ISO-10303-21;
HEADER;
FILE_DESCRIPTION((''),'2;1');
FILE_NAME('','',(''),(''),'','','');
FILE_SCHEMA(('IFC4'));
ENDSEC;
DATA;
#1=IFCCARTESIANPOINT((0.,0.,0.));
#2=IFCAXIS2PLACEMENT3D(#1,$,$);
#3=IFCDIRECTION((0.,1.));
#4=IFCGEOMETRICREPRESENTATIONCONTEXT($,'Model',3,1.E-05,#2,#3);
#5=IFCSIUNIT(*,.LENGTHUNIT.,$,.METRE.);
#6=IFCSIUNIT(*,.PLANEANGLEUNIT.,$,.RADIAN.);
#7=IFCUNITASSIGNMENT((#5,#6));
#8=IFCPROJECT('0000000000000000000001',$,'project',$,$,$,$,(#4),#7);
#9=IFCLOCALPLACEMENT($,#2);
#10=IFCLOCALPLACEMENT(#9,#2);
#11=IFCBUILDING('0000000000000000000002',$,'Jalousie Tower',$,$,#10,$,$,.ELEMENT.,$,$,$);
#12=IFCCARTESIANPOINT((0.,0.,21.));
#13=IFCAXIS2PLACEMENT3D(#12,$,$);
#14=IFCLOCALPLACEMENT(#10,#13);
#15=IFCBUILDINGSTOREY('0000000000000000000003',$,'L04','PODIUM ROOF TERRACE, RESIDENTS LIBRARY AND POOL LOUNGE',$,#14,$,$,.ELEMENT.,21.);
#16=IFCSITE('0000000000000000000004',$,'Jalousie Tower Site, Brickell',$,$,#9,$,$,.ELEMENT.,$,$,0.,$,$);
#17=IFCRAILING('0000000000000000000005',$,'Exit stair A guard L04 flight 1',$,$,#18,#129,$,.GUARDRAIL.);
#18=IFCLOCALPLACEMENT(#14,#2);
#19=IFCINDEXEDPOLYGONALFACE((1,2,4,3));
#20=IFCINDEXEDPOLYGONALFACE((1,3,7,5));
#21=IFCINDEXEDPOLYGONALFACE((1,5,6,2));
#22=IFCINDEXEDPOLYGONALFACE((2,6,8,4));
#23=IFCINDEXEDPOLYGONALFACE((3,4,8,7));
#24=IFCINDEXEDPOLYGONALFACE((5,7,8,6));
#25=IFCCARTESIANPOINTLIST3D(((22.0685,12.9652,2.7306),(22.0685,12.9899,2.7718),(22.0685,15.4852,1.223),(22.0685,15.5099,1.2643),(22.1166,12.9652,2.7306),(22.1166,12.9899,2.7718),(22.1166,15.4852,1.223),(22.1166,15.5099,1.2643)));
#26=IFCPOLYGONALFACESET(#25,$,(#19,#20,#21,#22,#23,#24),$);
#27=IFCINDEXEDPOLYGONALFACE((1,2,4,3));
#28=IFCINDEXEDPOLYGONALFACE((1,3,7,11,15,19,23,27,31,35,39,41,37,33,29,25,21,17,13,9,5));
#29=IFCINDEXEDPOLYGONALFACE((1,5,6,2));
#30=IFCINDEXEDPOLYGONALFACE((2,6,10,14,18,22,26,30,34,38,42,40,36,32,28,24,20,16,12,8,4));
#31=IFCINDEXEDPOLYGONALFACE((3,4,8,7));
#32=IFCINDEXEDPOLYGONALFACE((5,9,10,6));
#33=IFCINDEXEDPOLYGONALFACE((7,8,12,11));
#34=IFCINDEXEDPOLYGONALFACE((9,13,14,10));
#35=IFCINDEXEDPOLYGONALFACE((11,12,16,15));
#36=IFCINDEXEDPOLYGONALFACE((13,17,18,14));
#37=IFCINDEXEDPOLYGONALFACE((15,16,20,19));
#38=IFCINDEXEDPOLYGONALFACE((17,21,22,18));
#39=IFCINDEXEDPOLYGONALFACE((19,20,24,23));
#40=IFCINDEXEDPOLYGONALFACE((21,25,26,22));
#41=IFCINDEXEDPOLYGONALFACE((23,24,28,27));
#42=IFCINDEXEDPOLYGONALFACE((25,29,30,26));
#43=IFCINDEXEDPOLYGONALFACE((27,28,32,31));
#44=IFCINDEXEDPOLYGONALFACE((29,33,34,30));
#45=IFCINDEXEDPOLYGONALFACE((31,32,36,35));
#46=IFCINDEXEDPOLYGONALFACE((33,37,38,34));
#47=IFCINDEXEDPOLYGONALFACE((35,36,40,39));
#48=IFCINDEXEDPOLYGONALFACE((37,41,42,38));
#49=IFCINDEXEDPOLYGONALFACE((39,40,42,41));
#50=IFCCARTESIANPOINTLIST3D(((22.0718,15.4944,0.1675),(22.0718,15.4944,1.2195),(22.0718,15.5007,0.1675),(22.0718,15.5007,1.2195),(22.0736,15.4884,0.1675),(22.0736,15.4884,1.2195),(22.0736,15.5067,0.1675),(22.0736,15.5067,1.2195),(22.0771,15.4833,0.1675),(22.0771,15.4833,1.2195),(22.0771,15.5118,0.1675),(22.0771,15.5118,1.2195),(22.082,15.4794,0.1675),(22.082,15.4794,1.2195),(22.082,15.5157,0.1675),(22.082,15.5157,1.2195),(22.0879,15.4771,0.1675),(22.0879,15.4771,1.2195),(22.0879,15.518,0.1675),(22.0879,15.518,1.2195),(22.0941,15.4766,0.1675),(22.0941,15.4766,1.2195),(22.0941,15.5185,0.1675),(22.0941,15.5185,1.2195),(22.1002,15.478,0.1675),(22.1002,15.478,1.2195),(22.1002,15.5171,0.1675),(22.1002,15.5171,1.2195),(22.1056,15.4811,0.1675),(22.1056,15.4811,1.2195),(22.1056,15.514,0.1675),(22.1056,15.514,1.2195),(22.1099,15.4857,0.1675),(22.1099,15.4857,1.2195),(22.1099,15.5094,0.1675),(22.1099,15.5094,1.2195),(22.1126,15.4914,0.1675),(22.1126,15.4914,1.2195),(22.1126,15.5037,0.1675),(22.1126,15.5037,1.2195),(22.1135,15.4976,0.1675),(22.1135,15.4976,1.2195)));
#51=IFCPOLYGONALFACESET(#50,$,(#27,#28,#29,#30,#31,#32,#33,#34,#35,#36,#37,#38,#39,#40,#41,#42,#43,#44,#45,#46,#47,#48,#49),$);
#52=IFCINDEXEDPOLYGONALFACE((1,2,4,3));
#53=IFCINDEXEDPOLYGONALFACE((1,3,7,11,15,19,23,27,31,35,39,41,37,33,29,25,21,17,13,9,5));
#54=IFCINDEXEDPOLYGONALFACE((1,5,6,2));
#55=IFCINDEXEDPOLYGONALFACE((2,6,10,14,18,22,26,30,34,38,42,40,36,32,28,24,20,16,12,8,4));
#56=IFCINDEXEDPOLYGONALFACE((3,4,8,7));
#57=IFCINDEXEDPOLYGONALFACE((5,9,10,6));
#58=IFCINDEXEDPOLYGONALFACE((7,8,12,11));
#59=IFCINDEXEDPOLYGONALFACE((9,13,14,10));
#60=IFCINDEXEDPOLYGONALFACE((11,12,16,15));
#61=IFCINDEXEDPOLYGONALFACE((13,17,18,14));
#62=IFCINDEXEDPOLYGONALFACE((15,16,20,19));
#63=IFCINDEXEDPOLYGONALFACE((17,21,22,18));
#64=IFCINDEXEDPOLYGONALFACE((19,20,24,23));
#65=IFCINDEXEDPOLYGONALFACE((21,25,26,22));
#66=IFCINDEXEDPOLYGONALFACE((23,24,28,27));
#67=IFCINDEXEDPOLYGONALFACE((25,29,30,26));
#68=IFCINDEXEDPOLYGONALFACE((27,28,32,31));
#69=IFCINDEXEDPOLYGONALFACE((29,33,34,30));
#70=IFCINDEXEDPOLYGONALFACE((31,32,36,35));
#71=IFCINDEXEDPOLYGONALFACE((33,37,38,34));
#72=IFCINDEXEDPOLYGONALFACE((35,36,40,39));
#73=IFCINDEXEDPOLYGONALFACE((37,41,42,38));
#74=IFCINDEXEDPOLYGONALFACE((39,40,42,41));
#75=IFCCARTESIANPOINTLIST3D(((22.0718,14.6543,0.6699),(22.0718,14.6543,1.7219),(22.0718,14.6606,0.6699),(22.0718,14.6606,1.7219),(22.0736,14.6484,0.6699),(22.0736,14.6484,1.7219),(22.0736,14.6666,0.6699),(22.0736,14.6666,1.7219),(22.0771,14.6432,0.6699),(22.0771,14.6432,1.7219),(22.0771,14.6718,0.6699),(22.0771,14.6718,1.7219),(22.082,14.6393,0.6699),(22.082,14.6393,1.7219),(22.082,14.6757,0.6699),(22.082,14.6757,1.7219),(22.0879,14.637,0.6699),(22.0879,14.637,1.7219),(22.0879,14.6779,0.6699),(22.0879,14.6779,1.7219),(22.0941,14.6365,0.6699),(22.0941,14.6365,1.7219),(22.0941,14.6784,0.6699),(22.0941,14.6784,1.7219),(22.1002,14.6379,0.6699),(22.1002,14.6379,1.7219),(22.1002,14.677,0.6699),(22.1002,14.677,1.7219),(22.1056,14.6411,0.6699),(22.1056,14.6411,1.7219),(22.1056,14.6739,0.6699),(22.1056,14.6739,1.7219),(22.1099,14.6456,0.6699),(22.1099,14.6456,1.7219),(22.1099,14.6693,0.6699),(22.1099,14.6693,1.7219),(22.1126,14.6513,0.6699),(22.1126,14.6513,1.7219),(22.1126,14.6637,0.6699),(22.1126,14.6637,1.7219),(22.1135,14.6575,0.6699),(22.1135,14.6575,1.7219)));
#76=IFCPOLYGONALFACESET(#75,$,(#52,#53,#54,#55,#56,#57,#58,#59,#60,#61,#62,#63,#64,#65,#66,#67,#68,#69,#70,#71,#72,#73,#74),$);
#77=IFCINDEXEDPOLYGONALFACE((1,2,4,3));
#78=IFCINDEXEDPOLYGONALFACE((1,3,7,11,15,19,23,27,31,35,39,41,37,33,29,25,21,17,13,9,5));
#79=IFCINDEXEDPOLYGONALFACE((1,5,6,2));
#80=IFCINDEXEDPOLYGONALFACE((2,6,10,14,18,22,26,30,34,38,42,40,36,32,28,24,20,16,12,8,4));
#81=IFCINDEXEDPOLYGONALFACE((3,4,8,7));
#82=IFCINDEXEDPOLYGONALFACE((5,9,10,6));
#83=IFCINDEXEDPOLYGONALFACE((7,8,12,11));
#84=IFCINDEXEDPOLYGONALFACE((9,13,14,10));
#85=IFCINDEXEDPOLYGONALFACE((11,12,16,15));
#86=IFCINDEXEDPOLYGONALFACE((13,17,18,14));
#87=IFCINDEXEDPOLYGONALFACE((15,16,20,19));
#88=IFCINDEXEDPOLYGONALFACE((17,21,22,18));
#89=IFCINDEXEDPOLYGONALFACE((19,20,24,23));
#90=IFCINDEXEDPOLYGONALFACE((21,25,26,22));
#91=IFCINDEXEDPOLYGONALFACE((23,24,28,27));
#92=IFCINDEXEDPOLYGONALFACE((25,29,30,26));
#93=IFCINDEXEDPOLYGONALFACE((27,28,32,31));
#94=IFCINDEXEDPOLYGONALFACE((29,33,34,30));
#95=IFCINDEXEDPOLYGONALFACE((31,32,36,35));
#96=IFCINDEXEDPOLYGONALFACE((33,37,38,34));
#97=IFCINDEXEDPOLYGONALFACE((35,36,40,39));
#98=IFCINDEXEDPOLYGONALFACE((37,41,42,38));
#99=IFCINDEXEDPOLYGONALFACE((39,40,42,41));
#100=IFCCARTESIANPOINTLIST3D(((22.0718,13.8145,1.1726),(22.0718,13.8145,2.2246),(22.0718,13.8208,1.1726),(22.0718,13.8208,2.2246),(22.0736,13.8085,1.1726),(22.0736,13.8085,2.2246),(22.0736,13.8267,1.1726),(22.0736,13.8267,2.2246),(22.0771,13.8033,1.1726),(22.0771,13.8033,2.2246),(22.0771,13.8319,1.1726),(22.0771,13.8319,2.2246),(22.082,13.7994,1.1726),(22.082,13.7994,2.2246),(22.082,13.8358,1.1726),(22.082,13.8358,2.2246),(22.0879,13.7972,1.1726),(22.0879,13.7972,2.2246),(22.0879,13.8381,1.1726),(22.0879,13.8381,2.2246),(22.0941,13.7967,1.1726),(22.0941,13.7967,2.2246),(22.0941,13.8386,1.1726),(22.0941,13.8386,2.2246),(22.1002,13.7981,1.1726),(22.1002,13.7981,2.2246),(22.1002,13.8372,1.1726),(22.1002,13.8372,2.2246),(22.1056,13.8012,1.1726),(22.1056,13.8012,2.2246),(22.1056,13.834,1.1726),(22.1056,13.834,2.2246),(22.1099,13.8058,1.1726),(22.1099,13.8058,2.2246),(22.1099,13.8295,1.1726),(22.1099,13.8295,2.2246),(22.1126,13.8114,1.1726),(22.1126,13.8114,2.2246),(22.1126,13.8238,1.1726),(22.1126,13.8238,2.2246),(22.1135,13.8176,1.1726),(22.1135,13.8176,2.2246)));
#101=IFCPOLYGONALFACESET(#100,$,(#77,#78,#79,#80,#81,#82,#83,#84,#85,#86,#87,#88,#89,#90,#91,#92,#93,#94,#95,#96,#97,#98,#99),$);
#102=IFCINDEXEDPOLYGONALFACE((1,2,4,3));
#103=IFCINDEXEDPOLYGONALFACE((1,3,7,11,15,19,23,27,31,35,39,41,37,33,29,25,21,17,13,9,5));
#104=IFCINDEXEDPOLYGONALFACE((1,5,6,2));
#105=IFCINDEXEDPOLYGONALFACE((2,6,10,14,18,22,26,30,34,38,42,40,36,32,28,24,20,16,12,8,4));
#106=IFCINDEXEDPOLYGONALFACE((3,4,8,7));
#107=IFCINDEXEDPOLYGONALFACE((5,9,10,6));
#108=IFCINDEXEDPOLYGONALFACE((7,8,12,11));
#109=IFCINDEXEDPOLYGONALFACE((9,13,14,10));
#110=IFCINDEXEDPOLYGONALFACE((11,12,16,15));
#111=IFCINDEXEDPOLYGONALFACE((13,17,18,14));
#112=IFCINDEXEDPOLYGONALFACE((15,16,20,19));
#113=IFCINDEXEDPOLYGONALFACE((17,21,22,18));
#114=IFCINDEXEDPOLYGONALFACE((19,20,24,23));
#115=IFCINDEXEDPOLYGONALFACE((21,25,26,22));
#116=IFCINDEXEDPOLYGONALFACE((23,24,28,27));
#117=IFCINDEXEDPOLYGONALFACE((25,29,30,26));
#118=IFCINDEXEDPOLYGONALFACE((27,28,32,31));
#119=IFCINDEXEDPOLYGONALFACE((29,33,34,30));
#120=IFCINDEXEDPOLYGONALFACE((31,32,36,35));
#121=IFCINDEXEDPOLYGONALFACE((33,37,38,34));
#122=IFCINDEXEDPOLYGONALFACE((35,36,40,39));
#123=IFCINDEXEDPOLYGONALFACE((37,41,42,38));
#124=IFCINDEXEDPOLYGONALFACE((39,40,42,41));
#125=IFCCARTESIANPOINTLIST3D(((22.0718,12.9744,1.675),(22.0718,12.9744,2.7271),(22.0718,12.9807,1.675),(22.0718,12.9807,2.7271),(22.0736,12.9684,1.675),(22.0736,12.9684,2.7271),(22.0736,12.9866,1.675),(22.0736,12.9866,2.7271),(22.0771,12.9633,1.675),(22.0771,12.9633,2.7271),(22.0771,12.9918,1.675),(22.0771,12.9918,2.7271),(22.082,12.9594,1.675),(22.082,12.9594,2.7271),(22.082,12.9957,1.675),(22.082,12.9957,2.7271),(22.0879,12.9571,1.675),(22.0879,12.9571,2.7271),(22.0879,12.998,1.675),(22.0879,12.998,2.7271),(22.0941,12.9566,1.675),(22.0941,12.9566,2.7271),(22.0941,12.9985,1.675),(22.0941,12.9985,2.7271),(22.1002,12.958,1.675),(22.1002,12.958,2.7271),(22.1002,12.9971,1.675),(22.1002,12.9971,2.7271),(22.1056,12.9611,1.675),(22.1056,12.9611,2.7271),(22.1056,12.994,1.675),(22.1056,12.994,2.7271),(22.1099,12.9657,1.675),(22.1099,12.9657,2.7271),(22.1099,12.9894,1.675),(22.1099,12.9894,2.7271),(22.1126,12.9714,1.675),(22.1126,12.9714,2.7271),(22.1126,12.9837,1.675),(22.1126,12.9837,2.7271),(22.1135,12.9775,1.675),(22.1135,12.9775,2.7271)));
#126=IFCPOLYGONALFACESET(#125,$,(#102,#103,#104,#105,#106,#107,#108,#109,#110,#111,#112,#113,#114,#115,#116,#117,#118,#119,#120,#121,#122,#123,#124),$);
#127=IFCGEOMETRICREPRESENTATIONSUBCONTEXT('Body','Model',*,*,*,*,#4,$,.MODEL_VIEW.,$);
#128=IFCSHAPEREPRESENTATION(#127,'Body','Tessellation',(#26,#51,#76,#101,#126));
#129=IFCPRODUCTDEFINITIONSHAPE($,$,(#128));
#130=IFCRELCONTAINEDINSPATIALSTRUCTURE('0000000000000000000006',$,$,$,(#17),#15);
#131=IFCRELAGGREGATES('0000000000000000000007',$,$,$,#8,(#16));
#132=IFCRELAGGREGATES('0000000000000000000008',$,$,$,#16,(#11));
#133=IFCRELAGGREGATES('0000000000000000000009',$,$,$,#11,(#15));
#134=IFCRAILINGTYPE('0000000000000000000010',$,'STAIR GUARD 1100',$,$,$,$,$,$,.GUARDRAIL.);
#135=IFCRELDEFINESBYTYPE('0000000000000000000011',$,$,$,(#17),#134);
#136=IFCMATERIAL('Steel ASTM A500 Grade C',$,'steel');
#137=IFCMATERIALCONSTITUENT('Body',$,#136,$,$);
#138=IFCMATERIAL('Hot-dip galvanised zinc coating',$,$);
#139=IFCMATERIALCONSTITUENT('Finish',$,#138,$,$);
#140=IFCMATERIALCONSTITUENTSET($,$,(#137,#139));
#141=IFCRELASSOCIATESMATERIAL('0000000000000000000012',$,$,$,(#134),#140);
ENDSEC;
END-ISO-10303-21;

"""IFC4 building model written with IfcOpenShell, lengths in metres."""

from ifc_helpers import new_model, si_unit, direction, frame, origin, origin_2d, place, context, subcontext, project, spatial, rectangle, circle, extrude, material, constituent, constituent_set, type_object, element, save


model = new_model("IFC4")

# Units and contexts
model_context = context("Model", 3, precision=1e-05, world=origin(), true_north=direction((0.0, 1.0)))
body_context = subcontext(model_context, "Body", "Model", "MODEL_VIEW")
ifc_project = project(units=[si_unit("LENGTHUNIT", "METRE"), si_unit("PLANEANGLEUNIT", "RADIAN")], contexts=[model_context])

# Site, building, storey
site_placement = place(None, origin())
site = spatial("IfcSite", under=ifc_project, at=site_placement, Name="Jalousie Tower Site, Brickell", CompositionType="ELEMENT", RefElevation=0.0)
building_placement = place(site_placement, origin())
building = spatial("IfcBuilding", under=site, at=building_placement, Name="Jalousie Tower", CompositionType="ELEMENT")
storey_placement = place(building_placement, frame((0.0, 0.0, 21.0)))
storey = spatial("IfcBuildingStorey", under=building, at=storey_placement, Name="L04", Description="PODIUM ROOF TERRACE, RESIDENTS LIBRARY AND POOL LOUNGE", CompositionType="ELEMENT", Elevation=21.0)

# Railing
ifc_material_1 = material(Name="Steel ASTM A500 Grade C", Category="steel")
ifc_constituent_1 = constituent(ifc_material_1, Name="Body")
ifc_material_2 = material(Name="Hot-dip galvanised zinc coating")
ifc_constituent_2 = constituent(ifc_material_2, Name="Finish")
ifc_constituent_set_1 = constituent_set(constituents=[ifc_constituent_1, ifc_constituent_2])
railing_type_1 = type_object("IfcRailingType", Name="STAIR GUARD 1100", PredefinedType="GUARDRAIL", material=ifc_constituent_set_1)
railing_1_placement = place(storey_placement, frame((22.0925, 15.4976, 0.1675)))
element("IfcRailing", 1, at=railing_1_placement, inside=storey, type_object=railing_type_1, Name="Exit stair A guard L04 flight 1", PredefinedType="GUARDRAIL", context=body_context, shape_type="SweptSolid", body=[
    extrude(rectangle(XDim=0.0481, YDim=0.0481, at=origin_2d()), frame((0.0, 0.0, 1.0762), z_axis=(0.0, -0.85816, 0.513383), x_axis=(1.0, 0.0, 0.0)), (0.0, 0.0, 1.0), 2.9365),
    extrude(circle(Radius=0.021, at=origin_2d()), origin(), (0.0, 0.0, 1.0), 1.052),
    extrude(circle(Radius=0.021, at=origin_2d()), frame((0.0, -0.8401, 0.5024)), (0.0, 0.0, 1.0), 1.052),
    extrude(circle(Radius=0.021, at=origin_2d()), frame((0.0, -1.6799, 1.0051)), (0.0, 0.0, 1.0), 1.052),
    extrude(circle(Radius=0.021, at=origin_2d()), frame((0.0, -2.52, 1.5076)), (0.0, 0.0, 1.0), 1.052),
])

save(model, "model.ifc")
